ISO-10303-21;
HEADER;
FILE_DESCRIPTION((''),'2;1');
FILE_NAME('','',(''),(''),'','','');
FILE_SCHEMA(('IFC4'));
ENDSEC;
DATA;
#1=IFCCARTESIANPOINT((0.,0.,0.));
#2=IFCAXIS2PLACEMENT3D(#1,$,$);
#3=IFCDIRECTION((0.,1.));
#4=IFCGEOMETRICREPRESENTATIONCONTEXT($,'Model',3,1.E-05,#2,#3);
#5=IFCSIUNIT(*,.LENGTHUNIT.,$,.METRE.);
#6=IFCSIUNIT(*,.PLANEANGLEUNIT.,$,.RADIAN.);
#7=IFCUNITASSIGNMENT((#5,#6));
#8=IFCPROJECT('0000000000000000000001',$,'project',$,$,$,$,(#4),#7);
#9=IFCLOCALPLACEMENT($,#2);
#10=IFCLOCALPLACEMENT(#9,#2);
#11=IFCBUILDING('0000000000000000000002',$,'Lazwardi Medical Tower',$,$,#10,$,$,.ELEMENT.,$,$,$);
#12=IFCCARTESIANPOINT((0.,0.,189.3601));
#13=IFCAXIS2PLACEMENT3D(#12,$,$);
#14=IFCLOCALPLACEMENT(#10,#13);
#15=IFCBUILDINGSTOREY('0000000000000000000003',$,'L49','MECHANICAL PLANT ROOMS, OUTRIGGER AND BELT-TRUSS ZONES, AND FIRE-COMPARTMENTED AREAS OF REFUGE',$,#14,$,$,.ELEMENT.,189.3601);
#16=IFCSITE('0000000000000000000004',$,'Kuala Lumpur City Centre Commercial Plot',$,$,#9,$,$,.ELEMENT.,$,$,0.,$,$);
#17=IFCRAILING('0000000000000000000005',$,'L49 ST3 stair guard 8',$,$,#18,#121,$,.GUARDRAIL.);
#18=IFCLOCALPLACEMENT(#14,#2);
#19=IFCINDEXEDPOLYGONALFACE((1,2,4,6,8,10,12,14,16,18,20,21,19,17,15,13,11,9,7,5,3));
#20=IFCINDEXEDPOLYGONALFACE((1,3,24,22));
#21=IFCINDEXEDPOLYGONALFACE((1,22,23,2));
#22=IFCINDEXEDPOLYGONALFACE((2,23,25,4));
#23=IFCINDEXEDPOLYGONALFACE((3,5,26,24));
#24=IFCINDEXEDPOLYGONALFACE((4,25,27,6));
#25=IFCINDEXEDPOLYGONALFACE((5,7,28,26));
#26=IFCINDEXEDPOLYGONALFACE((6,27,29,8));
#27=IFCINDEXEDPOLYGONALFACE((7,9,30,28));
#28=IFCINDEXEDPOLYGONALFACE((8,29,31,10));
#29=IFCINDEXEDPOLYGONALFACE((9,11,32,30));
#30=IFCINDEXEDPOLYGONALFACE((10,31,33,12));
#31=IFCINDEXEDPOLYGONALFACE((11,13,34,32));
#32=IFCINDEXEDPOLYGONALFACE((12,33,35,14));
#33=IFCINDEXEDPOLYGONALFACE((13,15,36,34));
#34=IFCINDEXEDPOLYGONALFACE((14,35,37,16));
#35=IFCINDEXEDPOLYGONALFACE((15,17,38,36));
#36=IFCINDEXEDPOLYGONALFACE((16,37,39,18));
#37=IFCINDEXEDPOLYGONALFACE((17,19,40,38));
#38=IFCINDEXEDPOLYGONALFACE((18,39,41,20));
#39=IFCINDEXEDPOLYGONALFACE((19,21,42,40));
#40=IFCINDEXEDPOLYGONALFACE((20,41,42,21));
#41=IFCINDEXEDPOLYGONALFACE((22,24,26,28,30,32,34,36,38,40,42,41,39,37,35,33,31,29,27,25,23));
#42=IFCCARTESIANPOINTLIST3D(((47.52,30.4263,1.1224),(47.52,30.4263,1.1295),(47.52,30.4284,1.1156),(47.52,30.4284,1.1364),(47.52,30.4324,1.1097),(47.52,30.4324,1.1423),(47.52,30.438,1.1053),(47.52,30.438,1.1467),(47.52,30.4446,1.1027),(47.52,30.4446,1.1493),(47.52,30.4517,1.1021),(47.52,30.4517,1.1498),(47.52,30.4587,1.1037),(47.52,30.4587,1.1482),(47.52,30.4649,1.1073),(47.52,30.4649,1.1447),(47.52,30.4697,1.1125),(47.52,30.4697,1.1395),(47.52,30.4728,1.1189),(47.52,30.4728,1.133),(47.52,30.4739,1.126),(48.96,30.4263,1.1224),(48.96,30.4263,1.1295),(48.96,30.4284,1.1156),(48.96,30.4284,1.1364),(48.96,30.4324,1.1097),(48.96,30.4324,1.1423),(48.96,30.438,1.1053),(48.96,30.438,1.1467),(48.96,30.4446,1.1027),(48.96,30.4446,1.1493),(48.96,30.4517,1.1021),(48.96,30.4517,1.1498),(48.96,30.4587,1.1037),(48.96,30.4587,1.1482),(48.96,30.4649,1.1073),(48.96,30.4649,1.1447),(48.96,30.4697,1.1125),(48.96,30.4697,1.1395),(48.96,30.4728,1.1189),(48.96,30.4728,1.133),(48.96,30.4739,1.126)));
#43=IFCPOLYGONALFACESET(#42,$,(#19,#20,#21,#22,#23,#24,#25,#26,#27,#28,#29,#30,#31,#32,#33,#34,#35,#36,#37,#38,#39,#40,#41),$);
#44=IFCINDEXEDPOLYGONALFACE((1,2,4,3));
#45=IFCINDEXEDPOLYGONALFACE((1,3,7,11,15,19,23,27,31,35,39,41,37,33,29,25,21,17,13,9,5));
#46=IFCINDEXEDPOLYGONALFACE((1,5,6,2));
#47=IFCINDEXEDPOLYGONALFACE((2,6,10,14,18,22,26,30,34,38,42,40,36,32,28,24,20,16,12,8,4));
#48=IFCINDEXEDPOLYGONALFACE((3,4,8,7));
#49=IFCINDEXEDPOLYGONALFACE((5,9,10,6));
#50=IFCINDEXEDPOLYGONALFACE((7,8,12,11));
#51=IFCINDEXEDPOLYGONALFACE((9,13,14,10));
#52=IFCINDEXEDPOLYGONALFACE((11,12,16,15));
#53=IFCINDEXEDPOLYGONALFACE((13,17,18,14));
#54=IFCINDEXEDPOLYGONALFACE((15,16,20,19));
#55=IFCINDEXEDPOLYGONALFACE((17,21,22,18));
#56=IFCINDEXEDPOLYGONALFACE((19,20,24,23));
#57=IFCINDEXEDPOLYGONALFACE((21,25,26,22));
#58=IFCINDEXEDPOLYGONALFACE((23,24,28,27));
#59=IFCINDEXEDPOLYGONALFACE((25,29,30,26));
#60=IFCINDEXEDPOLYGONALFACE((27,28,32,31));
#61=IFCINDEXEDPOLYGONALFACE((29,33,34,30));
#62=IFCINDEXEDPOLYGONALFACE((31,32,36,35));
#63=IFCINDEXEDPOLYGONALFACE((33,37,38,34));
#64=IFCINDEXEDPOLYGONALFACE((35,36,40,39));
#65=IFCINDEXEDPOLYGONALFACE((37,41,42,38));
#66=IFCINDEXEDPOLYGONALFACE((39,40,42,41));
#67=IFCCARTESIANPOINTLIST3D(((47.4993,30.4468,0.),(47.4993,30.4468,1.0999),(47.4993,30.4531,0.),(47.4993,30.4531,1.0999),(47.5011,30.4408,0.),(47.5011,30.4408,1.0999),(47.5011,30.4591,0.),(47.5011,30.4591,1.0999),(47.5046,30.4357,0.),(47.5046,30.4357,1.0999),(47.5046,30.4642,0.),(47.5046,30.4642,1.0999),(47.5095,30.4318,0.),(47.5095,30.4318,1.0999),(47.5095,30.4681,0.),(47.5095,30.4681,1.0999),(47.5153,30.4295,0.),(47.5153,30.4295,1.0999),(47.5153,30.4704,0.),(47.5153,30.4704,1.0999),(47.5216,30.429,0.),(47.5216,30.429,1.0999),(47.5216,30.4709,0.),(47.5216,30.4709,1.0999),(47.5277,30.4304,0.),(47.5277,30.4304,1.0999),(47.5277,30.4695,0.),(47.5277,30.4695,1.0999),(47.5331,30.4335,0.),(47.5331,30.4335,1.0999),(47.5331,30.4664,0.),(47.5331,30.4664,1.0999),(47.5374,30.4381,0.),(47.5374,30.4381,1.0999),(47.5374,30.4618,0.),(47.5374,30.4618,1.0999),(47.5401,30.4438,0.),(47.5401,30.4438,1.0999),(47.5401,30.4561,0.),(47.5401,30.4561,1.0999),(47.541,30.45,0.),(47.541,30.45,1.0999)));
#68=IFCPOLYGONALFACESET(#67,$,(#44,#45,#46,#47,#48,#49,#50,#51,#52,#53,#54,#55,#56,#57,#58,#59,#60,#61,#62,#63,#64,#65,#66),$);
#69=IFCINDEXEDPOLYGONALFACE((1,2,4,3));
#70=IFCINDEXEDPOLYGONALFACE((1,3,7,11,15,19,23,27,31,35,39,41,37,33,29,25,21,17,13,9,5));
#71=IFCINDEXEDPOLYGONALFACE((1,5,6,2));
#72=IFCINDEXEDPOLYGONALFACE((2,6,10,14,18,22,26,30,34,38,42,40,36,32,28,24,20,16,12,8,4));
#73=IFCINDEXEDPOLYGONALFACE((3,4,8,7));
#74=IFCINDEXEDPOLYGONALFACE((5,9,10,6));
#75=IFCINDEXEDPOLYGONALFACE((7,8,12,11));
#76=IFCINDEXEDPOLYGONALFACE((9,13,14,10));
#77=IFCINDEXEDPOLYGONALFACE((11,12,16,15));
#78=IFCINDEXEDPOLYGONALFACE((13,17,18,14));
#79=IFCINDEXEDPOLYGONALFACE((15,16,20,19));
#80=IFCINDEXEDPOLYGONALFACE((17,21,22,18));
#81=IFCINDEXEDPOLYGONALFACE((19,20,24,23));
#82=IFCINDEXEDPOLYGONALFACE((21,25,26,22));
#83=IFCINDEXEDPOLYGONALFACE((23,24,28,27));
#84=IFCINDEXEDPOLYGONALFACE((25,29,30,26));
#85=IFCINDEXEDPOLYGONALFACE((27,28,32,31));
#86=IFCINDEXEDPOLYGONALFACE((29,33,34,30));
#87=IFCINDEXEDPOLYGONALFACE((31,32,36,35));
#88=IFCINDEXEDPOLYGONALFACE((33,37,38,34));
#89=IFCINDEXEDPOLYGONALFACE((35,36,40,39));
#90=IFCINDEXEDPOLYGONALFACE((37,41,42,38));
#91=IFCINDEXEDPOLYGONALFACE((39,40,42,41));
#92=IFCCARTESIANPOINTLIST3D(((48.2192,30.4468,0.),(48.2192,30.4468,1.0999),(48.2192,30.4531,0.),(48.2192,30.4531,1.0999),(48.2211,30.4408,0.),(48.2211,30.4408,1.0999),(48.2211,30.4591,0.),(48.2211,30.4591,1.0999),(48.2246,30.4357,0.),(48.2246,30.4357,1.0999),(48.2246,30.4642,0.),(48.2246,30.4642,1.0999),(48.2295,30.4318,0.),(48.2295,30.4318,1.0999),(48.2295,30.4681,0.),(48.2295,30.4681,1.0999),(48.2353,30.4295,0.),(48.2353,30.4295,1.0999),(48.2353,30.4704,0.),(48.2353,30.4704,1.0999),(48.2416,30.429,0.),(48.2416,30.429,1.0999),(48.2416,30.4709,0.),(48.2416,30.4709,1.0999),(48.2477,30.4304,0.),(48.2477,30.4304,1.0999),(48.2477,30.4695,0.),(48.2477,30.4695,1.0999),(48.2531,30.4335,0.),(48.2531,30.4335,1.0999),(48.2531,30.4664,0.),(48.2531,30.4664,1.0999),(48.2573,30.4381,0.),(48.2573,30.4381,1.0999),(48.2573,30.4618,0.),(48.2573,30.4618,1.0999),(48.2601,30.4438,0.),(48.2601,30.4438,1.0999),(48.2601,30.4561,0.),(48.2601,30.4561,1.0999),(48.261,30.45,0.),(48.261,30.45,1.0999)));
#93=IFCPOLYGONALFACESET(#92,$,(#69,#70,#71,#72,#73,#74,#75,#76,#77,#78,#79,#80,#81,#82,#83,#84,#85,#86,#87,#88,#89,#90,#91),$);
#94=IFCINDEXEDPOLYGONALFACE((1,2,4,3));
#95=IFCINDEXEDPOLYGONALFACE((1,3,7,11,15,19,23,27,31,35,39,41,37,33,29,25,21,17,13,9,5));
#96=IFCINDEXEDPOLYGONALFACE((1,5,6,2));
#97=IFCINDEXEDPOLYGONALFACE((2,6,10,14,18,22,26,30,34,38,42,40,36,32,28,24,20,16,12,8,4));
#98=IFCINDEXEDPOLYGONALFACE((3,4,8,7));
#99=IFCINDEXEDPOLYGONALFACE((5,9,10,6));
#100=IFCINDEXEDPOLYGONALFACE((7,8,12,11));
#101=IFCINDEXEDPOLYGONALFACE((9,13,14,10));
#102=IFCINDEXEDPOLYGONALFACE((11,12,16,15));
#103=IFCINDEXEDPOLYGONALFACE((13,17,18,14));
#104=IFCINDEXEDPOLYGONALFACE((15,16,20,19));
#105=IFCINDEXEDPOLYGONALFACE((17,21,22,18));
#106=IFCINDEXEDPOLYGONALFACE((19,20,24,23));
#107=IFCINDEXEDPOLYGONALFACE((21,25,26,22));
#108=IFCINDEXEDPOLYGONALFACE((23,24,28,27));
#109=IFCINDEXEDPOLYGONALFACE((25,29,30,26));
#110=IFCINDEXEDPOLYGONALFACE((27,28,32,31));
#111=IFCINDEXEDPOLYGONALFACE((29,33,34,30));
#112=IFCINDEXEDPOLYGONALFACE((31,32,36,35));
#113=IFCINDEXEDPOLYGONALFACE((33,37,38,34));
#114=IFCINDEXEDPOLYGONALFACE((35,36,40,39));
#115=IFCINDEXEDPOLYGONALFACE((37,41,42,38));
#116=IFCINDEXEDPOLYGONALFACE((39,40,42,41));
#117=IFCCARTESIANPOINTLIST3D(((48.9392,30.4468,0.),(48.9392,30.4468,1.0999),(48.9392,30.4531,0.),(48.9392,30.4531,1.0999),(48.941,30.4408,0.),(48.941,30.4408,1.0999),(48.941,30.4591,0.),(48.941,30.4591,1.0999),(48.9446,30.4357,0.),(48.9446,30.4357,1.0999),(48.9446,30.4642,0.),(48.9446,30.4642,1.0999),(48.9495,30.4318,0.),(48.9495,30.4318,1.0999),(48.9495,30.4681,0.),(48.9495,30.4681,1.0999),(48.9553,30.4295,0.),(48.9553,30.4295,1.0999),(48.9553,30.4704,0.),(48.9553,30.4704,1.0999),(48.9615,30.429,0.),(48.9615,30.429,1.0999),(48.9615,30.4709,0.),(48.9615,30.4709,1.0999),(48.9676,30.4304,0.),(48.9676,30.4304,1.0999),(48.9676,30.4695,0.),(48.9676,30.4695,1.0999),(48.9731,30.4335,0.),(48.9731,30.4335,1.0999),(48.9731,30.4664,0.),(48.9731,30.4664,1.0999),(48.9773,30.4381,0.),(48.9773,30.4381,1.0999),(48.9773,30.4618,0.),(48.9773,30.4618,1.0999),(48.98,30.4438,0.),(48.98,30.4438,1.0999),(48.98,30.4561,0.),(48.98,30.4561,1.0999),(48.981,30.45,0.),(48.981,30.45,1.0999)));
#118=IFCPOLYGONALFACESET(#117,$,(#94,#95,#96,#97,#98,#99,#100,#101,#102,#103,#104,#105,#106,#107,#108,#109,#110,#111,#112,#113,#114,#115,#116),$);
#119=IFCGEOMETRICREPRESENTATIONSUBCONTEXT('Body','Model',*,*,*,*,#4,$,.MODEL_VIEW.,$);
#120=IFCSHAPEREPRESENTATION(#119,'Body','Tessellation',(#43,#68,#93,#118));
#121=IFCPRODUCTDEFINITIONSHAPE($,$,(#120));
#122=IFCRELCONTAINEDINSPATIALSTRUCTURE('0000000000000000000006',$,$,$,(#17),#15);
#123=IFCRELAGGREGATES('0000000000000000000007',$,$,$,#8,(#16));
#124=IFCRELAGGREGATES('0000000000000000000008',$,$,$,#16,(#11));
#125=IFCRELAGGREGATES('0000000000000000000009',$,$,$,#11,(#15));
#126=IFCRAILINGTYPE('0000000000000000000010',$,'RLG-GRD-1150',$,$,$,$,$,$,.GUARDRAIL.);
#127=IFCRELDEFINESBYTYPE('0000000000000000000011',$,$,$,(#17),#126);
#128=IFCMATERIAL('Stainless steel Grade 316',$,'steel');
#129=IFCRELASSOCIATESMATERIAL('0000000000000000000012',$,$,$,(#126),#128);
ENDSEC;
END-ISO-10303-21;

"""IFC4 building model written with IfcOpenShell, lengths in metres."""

from ifc_helpers import new_model, si_unit, direction, frame, origin, origin_2d, place, context, subcontext, project, spatial, circle, extrude, material, type_object, element, save


model = new_model("IFC4")

# Units and contexts
model_context = context("Model", 3, precision=1e-05, world=origin(), true_north=direction((0.0, 1.0)))
body_context = subcontext(model_context, "Body", "Model", "MODEL_VIEW")
ifc_project = project(units=[si_unit("LENGTHUNIT", "METRE"), si_unit("PLANEANGLEUNIT", "RADIAN")], contexts=[model_context])

# Site, building, storey
site_placement = place(None, origin())
site = spatial("IfcSite", under=ifc_project, at=site_placement, Name="Kuala Lumpur City Centre Commercial Plot", CompositionType="ELEMENT", RefElevation=0.0)
building_placement = place(site_placement, origin())
building = spatial("IfcBuilding", under=site, at=building_placement, Name="Lazwardi Medical Tower", CompositionType="ELEMENT")
storey_placement = place(building_placement, frame((0.0, 0.0, 189.3601)))
storey = spatial("IfcBuildingStorey", under=building, at=storey_placement, Name="L49", Description="MECHANICAL PLANT ROOMS, OUTRIGGER AND BELT-TRUSS ZONES, AND FIRE-COMPARTMENTED AREAS OF REFUGE", CompositionType="ELEMENT", Elevation=189.3601)

# Railing
ifc_material_1 = material(Name="Stainless steel Grade 316", Category="steel")
railing_type_1 = type_object("IfcRailingType", Name="RLG-GRD-1150", PredefinedType="GUARDRAIL", material=ifc_material_1)
railing_1_placement = place(storey_placement, frame((47.52, 30.45, 0.0)))
element("IfcRailing", 1, at=railing_1_placement, inside=storey, type_object=railing_type_1, Name="L49 ST3 stair guard 8", PredefinedType="GUARDRAIL", context=body_context, shape_type="SweptSolid", body=[
    extrude(circle(Radius=0.0239, at=origin_2d()), frame((0.0, 0.0, 1.126), z_axis=(1.0, 0.0, 0.0), x_axis=(0.0, 1.0, 0.0)), (0.0, 0.0, 1.0), 1.4399),
    extrude(circle(Radius=0.021, at=origin_2d()), origin(), (0.0, 0.0, 1.0), 1.0999),
    extrude(circle(Radius=0.021, at=origin_2d()), frame((0.72, 0.0, 0.0)), (0.0, 0.0, 1.0), 1.0999),
    extrude(circle(Radius=0.021, at=origin_2d()), frame((1.4399, 0.0, 0.0)), (0.0, 0.0, 1.0), 1.0999),
])

save(model, "model.ifc")
